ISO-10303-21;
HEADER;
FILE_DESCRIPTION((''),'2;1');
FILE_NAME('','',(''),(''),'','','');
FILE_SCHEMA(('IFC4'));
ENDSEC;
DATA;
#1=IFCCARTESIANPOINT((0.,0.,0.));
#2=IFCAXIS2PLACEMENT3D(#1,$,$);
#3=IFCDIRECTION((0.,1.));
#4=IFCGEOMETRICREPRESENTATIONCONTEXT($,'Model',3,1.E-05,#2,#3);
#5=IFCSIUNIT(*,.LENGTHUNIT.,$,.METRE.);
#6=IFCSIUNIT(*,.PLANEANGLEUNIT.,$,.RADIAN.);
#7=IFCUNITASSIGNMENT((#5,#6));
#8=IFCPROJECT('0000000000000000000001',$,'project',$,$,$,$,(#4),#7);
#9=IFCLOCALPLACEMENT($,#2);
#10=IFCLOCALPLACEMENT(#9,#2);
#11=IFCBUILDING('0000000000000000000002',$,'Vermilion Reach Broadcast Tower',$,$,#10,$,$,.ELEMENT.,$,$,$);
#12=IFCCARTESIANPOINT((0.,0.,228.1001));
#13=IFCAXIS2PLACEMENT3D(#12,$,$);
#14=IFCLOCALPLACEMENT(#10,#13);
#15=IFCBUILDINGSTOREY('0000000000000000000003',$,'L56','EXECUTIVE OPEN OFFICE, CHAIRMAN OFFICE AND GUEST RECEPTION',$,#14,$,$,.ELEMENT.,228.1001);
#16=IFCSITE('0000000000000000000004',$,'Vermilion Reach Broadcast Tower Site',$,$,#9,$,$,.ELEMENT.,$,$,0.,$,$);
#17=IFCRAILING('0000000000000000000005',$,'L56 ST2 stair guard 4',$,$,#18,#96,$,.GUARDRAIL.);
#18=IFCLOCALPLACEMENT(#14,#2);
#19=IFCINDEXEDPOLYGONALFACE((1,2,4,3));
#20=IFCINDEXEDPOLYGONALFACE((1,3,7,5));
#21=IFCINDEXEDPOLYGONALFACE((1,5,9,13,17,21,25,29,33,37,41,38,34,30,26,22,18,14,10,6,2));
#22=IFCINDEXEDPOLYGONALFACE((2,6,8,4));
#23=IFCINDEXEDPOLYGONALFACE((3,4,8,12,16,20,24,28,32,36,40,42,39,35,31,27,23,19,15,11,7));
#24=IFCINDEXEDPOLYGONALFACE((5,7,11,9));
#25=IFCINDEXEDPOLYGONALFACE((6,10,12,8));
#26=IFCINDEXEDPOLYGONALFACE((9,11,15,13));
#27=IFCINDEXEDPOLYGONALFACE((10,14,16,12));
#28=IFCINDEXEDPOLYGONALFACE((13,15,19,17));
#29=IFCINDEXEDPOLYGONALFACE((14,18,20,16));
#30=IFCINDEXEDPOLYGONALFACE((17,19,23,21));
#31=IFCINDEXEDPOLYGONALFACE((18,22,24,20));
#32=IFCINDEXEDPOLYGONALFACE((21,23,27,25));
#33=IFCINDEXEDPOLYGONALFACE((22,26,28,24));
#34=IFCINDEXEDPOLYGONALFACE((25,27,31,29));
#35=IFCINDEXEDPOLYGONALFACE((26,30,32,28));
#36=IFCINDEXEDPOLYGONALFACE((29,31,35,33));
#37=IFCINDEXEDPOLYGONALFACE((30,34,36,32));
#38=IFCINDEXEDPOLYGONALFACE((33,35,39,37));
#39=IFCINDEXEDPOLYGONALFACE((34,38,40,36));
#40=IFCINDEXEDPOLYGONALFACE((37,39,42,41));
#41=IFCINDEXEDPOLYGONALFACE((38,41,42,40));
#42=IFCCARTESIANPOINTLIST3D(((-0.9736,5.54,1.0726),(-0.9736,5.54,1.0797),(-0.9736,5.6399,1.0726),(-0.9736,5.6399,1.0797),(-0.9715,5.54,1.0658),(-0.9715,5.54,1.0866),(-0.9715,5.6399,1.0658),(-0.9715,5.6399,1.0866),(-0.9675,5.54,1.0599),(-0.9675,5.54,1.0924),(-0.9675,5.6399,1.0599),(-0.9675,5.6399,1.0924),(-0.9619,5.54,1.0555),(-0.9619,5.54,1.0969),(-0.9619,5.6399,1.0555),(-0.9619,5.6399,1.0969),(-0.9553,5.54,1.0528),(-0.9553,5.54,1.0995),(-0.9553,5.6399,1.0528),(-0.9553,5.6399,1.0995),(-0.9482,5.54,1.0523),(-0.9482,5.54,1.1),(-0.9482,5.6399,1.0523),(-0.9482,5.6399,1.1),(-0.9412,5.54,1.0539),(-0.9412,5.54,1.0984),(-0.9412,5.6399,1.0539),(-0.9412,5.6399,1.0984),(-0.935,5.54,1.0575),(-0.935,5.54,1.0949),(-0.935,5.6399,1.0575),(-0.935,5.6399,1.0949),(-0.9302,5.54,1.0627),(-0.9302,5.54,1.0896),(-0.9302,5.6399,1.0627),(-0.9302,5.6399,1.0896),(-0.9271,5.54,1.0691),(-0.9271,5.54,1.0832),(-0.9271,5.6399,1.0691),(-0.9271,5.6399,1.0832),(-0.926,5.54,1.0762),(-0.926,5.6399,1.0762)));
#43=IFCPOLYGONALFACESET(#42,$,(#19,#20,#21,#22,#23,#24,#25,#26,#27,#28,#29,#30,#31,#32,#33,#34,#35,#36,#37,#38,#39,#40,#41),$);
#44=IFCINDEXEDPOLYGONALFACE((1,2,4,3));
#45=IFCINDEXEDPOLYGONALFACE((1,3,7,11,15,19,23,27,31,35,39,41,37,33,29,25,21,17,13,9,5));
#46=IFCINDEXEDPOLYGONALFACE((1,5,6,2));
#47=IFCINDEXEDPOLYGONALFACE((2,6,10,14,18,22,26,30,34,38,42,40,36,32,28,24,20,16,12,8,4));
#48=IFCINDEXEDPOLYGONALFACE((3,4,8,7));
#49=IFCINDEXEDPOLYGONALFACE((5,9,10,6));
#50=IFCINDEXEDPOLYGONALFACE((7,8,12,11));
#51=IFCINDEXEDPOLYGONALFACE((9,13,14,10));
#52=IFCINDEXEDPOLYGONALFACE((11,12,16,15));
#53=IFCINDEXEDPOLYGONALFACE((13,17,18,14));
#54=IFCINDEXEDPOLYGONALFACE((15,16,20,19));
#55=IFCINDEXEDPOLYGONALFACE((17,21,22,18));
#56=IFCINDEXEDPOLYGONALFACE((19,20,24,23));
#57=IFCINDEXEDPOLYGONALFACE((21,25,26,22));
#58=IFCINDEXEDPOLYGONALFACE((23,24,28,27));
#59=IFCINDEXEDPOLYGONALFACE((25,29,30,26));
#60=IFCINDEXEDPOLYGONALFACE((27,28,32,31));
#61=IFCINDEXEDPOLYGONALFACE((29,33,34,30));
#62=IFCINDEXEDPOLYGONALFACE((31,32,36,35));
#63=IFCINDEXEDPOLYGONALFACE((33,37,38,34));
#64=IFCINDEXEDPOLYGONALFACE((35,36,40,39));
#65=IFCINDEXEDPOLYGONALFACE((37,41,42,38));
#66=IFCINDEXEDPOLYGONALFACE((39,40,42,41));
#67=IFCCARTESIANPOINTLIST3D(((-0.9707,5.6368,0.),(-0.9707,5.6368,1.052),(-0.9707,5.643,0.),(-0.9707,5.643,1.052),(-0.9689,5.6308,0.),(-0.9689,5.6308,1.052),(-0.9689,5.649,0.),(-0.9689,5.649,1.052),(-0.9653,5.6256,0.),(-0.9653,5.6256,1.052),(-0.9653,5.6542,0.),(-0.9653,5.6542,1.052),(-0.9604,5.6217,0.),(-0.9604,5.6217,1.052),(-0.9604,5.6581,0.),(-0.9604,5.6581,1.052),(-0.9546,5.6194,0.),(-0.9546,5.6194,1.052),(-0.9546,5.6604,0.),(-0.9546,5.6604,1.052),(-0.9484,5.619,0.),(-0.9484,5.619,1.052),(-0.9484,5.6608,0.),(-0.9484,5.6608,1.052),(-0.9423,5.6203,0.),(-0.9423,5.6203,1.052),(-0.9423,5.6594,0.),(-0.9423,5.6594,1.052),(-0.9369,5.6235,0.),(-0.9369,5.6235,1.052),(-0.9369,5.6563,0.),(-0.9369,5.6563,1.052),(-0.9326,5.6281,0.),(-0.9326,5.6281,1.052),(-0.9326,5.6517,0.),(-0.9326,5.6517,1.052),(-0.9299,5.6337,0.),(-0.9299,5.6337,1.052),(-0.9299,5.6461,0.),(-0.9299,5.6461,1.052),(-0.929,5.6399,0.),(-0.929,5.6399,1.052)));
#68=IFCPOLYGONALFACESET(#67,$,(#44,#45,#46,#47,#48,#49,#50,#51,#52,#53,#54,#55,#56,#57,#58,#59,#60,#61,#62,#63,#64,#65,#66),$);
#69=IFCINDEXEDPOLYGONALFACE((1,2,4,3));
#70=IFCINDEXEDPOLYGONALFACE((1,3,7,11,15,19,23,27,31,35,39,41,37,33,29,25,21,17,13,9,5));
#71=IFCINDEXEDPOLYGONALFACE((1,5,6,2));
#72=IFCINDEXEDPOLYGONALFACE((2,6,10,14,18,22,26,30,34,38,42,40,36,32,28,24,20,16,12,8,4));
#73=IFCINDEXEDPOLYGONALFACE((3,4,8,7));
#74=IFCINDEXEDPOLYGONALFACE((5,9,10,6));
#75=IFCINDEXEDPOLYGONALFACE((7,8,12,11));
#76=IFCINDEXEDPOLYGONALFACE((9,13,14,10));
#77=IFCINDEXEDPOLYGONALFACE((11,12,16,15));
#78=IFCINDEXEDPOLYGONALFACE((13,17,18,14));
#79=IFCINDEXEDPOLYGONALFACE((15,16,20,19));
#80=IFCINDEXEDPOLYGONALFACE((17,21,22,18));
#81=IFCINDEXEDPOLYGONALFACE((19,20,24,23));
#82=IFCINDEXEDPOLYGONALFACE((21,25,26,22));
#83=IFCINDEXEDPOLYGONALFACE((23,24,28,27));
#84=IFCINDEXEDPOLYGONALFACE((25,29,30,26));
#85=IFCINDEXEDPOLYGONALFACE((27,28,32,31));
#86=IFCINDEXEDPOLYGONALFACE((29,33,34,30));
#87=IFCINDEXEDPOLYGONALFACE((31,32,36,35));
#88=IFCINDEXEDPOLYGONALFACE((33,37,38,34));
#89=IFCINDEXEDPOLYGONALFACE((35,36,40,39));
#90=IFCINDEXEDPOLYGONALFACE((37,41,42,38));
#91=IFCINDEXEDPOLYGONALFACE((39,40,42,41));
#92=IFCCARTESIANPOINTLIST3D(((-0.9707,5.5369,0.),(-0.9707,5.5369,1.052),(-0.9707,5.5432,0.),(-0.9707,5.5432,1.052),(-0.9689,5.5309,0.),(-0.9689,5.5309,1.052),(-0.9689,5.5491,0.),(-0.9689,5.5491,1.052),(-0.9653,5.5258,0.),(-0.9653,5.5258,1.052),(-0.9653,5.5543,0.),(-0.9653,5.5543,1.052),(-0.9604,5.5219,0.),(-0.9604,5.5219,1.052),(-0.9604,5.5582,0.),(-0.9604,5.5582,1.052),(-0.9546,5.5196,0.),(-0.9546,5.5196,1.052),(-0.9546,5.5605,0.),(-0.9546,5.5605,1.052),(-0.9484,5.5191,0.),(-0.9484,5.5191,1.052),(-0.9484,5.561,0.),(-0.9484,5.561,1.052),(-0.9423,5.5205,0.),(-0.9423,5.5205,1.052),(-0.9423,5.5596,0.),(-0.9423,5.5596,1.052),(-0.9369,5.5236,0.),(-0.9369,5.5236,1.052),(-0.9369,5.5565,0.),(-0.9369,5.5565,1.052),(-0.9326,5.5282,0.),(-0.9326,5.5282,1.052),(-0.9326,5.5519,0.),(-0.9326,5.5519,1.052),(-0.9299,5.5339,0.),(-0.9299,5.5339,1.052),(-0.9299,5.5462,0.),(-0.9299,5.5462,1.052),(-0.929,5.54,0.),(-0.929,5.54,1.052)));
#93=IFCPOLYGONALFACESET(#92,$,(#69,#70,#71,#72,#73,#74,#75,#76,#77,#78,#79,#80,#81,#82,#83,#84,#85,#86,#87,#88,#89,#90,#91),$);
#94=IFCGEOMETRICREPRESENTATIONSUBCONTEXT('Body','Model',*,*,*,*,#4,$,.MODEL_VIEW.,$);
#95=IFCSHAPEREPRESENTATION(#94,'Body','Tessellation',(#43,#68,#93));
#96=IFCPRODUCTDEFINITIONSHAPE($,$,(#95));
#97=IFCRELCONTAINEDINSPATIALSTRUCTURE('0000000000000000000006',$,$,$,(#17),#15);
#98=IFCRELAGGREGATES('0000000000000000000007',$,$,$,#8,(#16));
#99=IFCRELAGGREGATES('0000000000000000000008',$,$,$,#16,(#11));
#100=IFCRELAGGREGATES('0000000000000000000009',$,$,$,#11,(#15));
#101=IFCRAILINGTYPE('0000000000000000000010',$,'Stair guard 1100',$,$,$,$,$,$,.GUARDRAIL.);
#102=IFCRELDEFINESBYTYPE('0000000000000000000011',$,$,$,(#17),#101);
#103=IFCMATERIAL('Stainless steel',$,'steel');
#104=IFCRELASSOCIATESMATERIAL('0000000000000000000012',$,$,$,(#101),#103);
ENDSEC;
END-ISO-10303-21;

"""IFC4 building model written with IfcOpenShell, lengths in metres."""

from ifc_helpers import new_model, si_unit, direction, frame, origin, origin_2d, place, context, subcontext, project, spatial, circle, extrude, material, type_object, element, save


model = new_model("IFC4")

# Units and contexts
model_context = context("Model", 3, precision=1e-05, world=origin(), true_north=direction((0.0, 1.0)))
body_context = subcontext(model_context, "Body", "Model", "MODEL_VIEW")
ifc_project = project(units=[si_unit("LENGTHUNIT", "METRE"), si_unit("PLANEANGLEUNIT", "RADIAN")], contexts=[model_context])

# Site, building, storey
site_placement = place(None, origin())
site = spatial("IfcSite", under=ifc_project, at=site_placement, Name="Vermilion Reach Broadcast Tower Site", CompositionType="ELEMENT", RefElevation=0.0)
building_placement = place(site_placement, origin())
building = spatial("IfcBuilding", under=site, at=building_placement, Name="Vermilion Reach Broadcast Tower", CompositionType="ELEMENT")
storey_placement = place(building_placement, frame((0.0, 0.0, 228.1001)))
storey = spatial("IfcBuildingStorey", under=building, at=storey_placement, Name="L56", Description="EXECUTIVE OPEN OFFICE, CHAIRMAN OFFICE AND GUEST RECEPTION", CompositionType="ELEMENT", Elevation=228.1001)

# Railing
ifc_material_1 = material(Name="Stainless steel", Category="steel")
railing_type_1 = type_object("IfcRailingType", Name="Stair guard 1100", PredefinedType="GUARDRAIL", material=ifc_material_1)
railing_1_placement = place(storey_placement, frame((-0.95, 5.6399, 0.0)))
element("IfcRailing", 1, at=railing_1_placement, inside=storey, type_object=railing_type_1, Name="L56 ST2 stair guard 4", PredefinedType="GUARDRAIL", context=body_context, shape_type="SweptSolid", body=[
    extrude(circle(Radius=0.0239, at=origin_2d()), frame((0.0, 0.0, 1.0762), z_axis=(0.0, -1.0, 0.0), x_axis=(1.0, 0.0, 0.0)), (0.0, 0.0, 1.0), 0.0999),
    extrude(circle(Radius=0.021, at=origin_2d()), origin(), (0.0, 0.0, 1.0), 1.052),
    extrude(circle(Radius=0.021, at=origin_2d()), frame((0.0, -0.0999, 0.0)), (0.0, 0.0, 1.0), 1.052),
])

save(model, "model.ifc")
